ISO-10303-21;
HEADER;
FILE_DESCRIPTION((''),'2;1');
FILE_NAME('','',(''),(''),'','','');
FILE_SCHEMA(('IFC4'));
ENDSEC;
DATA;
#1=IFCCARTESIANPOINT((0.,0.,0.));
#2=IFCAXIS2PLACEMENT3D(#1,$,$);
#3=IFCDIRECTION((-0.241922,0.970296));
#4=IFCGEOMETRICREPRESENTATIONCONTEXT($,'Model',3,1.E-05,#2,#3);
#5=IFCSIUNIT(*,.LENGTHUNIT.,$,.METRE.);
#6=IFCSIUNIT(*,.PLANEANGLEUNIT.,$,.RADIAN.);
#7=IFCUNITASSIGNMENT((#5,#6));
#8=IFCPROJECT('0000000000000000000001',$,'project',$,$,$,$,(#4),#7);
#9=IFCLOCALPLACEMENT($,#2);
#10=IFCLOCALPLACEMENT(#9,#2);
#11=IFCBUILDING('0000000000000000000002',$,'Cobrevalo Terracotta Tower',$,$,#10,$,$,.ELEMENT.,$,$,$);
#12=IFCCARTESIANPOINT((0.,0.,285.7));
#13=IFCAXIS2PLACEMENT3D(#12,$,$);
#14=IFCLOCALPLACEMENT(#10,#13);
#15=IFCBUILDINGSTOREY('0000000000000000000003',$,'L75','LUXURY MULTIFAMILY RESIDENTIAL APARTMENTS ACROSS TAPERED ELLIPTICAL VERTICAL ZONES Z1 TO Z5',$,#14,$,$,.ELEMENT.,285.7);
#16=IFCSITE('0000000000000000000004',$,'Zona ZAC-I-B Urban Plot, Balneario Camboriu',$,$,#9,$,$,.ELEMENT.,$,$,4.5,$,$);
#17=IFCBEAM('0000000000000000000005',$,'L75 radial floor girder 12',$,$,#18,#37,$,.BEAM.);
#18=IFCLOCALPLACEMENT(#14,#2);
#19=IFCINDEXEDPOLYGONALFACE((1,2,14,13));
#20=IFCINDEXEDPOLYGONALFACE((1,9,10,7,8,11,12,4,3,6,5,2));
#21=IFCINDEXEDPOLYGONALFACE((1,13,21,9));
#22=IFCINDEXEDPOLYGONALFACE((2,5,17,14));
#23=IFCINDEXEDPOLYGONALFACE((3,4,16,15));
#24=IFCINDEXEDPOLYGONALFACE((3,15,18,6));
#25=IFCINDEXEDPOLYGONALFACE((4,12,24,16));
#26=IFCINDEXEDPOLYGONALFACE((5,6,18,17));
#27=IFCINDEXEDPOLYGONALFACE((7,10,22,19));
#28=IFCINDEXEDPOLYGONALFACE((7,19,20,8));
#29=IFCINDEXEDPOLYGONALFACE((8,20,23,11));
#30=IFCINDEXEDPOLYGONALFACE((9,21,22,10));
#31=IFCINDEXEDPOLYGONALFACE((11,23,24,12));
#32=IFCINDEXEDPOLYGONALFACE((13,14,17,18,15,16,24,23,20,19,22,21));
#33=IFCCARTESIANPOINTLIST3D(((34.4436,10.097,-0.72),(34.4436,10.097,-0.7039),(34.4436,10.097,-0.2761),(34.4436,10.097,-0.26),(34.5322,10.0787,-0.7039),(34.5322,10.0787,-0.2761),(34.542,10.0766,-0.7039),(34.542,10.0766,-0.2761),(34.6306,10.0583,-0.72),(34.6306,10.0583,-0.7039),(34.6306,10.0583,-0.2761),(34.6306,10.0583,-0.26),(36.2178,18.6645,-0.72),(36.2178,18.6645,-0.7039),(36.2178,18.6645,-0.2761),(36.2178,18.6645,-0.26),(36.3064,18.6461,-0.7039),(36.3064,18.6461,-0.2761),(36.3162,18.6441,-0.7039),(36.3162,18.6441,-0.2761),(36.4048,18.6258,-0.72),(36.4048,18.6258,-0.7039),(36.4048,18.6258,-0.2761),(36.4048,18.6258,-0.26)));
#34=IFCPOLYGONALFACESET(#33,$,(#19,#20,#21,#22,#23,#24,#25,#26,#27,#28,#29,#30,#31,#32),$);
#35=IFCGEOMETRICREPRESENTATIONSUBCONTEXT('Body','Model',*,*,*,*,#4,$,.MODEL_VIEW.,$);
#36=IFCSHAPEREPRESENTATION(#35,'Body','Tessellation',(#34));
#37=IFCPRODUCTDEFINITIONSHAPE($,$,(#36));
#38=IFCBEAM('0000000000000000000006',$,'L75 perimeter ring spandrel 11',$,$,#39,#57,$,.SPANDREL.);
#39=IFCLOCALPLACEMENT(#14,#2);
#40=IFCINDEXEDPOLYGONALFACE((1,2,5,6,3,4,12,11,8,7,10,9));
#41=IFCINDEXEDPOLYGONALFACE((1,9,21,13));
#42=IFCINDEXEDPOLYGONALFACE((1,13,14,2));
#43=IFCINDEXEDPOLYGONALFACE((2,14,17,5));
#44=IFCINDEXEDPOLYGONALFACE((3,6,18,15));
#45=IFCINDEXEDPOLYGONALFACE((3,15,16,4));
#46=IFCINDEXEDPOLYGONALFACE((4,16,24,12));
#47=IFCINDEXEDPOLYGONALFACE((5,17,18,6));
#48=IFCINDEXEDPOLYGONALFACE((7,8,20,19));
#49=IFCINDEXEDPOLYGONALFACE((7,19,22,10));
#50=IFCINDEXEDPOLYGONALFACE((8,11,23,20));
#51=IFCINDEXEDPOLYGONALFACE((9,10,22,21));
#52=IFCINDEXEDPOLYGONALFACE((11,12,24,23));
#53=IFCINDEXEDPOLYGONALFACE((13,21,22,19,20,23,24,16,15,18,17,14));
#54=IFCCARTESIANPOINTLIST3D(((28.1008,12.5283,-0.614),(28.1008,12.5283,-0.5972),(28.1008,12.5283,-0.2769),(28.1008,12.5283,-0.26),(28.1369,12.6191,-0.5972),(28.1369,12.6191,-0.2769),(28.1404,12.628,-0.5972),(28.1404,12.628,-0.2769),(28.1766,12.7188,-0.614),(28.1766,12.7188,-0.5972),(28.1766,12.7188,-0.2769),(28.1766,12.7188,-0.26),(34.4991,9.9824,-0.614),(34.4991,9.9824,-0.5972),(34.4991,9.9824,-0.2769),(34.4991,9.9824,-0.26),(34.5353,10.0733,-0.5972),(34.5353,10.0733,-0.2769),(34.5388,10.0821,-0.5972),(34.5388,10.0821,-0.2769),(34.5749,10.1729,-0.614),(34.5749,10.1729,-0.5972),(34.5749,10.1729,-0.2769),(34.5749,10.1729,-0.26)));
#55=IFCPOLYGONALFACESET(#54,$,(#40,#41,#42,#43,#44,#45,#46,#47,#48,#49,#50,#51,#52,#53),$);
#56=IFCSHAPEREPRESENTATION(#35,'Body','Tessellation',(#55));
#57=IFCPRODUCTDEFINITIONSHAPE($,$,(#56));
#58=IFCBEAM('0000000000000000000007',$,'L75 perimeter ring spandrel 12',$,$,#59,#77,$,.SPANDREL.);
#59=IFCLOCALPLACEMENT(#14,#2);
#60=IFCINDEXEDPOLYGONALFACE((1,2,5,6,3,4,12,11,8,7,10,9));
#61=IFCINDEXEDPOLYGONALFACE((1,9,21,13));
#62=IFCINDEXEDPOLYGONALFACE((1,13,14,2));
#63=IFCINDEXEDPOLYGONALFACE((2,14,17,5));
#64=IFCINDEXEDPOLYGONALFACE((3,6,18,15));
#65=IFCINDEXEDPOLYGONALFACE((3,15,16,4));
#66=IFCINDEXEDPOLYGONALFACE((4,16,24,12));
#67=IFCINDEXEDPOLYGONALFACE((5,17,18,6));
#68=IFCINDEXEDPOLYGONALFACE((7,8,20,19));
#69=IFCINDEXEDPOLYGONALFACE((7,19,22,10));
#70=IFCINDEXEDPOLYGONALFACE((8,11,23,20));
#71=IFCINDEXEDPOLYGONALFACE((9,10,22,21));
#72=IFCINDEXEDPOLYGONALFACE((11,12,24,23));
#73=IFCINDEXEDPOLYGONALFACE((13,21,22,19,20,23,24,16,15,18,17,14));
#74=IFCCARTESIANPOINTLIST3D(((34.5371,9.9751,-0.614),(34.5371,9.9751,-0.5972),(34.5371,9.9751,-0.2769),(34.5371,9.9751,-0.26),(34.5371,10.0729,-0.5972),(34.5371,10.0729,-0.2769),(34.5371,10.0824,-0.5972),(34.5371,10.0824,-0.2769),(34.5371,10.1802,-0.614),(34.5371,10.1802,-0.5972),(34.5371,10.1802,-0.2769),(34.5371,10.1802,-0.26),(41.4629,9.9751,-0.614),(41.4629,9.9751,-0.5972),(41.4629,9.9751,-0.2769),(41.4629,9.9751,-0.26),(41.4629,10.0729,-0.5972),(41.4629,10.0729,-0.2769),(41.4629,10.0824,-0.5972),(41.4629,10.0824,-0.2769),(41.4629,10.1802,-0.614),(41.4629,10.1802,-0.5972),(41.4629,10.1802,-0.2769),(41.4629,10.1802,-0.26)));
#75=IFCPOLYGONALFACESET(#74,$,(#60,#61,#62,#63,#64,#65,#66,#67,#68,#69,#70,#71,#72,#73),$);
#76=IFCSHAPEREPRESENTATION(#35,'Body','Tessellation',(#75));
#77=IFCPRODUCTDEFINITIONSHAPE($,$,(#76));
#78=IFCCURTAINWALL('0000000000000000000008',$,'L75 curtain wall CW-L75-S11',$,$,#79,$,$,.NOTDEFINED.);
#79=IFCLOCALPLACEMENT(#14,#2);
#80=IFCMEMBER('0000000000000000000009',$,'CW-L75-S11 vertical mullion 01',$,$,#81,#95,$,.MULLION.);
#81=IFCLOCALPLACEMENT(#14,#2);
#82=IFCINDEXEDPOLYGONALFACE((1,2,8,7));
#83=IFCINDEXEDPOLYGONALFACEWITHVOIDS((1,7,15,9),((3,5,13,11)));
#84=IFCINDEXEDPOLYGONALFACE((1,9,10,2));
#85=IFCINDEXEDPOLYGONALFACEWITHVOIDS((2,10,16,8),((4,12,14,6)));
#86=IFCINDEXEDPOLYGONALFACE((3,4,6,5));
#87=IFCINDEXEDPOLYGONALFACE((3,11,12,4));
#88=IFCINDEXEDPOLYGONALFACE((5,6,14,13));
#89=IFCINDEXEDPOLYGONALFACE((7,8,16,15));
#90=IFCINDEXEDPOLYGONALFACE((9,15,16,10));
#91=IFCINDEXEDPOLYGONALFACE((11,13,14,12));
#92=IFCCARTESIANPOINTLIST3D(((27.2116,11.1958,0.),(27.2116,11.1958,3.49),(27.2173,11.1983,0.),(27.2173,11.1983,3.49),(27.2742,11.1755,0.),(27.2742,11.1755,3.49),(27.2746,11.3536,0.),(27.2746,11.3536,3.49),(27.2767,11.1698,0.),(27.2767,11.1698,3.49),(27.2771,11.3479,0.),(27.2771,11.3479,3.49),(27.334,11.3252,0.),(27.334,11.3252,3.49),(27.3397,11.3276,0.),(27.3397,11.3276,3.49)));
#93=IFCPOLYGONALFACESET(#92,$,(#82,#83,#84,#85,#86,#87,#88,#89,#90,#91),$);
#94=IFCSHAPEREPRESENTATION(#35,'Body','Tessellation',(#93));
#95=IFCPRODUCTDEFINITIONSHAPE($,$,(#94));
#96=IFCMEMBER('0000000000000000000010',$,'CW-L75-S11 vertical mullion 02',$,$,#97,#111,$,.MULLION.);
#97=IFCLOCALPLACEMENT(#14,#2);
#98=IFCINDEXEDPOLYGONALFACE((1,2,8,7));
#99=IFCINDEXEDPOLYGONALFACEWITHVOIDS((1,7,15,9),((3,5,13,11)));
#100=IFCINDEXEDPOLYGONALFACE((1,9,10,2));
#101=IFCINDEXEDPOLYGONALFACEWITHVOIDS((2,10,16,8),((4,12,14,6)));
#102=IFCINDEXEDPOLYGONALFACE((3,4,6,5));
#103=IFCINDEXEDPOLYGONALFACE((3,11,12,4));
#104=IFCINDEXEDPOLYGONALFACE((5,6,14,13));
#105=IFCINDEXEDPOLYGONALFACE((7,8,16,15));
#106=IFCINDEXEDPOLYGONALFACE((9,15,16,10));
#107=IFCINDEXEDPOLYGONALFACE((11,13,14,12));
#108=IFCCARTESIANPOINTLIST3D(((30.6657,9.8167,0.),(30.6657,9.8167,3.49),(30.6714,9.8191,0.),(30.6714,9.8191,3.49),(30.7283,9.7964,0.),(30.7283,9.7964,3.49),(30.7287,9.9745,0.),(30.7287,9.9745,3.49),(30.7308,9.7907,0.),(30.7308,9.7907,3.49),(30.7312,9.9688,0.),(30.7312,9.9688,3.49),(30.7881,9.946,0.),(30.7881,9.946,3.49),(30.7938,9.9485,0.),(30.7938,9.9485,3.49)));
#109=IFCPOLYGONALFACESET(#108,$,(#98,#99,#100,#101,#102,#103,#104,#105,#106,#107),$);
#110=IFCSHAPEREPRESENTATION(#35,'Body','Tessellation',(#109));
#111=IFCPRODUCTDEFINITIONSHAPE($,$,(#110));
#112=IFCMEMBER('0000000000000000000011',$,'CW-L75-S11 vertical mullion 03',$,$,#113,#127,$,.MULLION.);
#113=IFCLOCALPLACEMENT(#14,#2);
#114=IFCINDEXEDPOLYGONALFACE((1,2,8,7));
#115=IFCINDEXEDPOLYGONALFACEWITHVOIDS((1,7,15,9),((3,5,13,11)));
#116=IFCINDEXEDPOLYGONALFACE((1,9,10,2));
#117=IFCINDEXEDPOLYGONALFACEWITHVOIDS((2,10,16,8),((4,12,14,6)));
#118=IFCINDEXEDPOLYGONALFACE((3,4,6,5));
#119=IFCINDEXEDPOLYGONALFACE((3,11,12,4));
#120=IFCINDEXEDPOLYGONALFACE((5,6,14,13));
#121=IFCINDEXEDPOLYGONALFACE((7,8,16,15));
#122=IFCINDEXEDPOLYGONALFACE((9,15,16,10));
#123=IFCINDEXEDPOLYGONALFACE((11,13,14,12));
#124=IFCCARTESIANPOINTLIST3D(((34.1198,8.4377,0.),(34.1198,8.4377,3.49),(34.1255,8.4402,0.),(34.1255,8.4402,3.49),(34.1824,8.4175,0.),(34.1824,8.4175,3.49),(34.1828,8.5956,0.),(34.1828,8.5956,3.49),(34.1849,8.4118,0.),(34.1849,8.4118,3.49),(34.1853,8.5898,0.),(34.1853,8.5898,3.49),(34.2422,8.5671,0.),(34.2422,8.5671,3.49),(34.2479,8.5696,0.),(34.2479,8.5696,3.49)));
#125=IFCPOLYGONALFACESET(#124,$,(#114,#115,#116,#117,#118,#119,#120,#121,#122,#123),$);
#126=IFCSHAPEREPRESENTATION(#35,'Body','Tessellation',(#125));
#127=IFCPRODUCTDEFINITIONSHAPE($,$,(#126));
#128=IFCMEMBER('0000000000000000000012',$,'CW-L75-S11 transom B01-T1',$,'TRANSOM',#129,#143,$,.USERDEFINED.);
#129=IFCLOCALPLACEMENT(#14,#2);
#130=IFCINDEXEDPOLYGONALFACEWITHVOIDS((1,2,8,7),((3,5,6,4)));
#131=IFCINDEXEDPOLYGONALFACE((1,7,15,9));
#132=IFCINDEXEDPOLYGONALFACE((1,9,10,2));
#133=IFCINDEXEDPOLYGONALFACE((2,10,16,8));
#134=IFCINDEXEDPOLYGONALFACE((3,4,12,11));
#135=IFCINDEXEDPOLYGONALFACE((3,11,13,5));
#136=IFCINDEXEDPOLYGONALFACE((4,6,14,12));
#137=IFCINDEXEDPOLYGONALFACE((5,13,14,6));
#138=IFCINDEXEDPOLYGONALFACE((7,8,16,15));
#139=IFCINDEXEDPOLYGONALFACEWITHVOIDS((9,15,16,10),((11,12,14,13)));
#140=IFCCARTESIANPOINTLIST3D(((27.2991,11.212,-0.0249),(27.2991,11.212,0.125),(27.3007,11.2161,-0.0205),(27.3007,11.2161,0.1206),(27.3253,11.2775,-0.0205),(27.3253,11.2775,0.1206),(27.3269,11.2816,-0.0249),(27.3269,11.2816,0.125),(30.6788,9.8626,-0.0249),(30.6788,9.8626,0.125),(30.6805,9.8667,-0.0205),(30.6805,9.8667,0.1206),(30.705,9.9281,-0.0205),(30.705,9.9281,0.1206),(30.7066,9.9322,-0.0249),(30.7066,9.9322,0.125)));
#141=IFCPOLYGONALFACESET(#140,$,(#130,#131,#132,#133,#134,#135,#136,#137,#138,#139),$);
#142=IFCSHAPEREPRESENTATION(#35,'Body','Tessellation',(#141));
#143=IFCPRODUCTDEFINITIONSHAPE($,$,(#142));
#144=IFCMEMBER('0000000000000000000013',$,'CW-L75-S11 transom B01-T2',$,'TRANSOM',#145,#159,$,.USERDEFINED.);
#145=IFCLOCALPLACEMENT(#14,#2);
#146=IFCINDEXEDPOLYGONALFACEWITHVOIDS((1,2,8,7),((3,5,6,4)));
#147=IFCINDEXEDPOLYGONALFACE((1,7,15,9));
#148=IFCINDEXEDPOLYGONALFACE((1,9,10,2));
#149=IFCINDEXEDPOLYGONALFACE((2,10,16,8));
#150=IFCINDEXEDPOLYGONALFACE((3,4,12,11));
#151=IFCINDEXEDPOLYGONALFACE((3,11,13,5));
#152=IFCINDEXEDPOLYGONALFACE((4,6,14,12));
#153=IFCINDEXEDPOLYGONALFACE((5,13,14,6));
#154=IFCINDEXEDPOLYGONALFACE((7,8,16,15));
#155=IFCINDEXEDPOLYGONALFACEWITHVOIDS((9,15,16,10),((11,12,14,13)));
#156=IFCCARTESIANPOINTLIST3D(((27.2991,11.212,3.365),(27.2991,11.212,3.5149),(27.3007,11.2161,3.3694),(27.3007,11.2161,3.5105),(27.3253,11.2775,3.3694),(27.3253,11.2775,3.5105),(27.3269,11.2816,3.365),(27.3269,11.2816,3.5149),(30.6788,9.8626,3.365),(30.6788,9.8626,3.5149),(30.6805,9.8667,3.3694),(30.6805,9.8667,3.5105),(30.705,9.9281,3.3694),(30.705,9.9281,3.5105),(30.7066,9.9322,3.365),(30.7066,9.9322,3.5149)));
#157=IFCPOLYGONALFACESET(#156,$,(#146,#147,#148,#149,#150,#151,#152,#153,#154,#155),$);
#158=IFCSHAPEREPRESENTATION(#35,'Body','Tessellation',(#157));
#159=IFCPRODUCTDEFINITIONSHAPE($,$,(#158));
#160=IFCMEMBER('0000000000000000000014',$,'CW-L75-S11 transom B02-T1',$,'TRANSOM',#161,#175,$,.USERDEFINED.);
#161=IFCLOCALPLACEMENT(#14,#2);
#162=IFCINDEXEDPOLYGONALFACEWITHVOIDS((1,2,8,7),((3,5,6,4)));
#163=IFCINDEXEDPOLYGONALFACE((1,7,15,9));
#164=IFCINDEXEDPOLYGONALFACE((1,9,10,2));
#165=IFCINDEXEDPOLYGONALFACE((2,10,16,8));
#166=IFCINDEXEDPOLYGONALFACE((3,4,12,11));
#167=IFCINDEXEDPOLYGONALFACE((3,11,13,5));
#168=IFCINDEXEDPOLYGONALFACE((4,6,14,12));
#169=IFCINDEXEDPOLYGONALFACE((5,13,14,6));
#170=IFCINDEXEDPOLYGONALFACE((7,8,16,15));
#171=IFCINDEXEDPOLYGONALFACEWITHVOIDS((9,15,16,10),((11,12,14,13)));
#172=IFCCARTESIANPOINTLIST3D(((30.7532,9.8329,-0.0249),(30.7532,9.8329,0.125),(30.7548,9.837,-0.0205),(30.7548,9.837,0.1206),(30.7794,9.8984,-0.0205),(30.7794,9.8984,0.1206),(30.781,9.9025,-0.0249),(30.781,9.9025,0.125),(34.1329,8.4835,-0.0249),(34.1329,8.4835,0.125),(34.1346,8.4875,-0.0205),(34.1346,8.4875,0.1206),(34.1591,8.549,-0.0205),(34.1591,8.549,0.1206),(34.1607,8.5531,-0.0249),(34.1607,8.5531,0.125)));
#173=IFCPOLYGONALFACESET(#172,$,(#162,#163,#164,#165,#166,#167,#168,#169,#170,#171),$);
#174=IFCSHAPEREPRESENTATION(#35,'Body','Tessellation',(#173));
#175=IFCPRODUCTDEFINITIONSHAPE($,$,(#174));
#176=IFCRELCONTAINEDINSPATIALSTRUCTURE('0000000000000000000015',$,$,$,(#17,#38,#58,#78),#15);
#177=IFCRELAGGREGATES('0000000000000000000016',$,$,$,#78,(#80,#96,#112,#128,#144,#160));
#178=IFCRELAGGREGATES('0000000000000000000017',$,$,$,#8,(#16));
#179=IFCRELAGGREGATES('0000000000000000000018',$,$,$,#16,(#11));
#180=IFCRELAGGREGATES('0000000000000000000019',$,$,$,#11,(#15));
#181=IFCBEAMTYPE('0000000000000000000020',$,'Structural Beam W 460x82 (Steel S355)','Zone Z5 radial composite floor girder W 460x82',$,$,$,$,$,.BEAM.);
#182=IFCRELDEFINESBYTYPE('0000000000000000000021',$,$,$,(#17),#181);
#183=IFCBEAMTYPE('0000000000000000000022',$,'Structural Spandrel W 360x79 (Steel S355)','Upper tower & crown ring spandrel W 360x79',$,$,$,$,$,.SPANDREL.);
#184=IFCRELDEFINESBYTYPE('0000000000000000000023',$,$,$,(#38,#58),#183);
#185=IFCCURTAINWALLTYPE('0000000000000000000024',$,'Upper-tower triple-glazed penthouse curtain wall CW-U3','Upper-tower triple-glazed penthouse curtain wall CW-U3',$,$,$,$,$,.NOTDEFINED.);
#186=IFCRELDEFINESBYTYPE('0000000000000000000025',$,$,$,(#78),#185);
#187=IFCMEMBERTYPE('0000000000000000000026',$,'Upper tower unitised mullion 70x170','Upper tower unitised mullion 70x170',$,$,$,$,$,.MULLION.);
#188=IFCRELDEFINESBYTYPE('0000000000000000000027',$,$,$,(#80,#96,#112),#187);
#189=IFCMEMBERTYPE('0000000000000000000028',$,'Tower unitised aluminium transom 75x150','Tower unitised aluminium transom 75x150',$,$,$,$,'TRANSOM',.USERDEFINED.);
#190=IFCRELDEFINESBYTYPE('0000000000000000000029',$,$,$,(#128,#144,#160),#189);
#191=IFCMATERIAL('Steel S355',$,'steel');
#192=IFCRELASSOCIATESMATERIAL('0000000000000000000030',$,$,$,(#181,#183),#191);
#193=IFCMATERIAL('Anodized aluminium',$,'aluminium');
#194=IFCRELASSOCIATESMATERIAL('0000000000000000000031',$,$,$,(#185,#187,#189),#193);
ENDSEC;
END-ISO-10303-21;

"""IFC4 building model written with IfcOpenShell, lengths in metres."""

from ifc_helpers import new_model, si_unit, direction, frame, origin, origin_2d, place, context, subcontext, project, spatial, hollow_rectangle, i_section, extrude, source, transform, mapped, material, material_profile, profile_set, type_object, element, aggregate, save


model = new_model("IFC4")

# Units and contexts
model_context = context("Model", 3, precision=1e-05, world=origin(), true_north=direction((-0.241922, 0.970296)))
body_context = subcontext(model_context, "Body", "Model", "MODEL_VIEW")
ifc_project = project(units=[si_unit("LENGTHUNIT", "METRE"), si_unit("PLANEANGLEUNIT", "RADIAN")], contexts=[model_context])

# Site, building, storey
site_placement = place(None, origin())
site = spatial("IfcSite", under=ifc_project, at=site_placement, Name="Zona ZAC-I-B Urban Plot, Balneario Camboriu", CompositionType="ELEMENT", RefElevation=4.5)
building_placement = place(site_placement, origin())
building = spatial("IfcBuilding", under=site, at=building_placement, Name="Cobrevalo Terracotta Tower", CompositionType="ELEMENT")
storey_placement = place(building_placement, frame((0.0, 0.0, 285.7)))
storey = spatial("IfcBuildingStorey", under=building, at=storey_placement, Name="L75", Description="LUXURY MULTIFAMILY RESIDENTIAL APARTMENTS ACROSS TAPERED ELLIPTICAL VERTICAL ZONES Z1 TO Z5", CompositionType="ELEMENT", Elevation=285.7)

# Shared definitions
ifc_material_1 = material(Name="Steel S355", Category="steel")

# Beams
ifc_material_profile_1 = material_profile(ifc_material_1, i_section(OverallWidth=0.1909, OverallDepth=0.46, WebThickness=0.01, FlangeThickness=0.0161, at=origin_2d()), Name="W 460x82")
ifc_profile_set_1 = profile_set([ifc_material_profile_1], Name="Steel S355")
beam_type_1 = type_object("IfcBeamType", Name="Structural Beam W 460x82 (Steel S355)", Description="Zone Z5 radial composite floor girder W 460x82", PredefinedType="BEAM", material=ifc_profile_set_1)
beam_1_placement = place(storey_placement, frame((34.5371, 10.0776, -0.49), z_axis=(0.202782, 0.979224, 0.0), x_axis=(-0.979224, 0.202782, 0.0)))
element("IfcBeam", 1, at=beam_1_placement, inside=storey, type_object=beam_type_1, Name="L75 radial floor girder 12", PredefinedType="BEAM", context=body_context, shape_type="SweptSolid", body=[
    extrude(i_section(OverallWidth=0.1909, OverallDepth=0.46, WebThickness=0.01, FlangeThickness=0.0161, at=origin_2d()), origin(), (0.0, 0.0, 1.0), 8.7493),
])
ifc_material_profile_2 = material_profile(ifc_material_1, i_section(OverallWidth=0.2051, OverallDepth=0.354, WebThickness=0.0095, FlangeThickness=0.0168, at=origin_2d()), Name="W 360x79")
ifc_profile_set_2 = profile_set([ifc_material_profile_2], Name="Steel S355")
beam_type_2 = type_object("IfcBeamType", Name="Structural Spandrel W 360x79 (Steel S355)", Description="Upper tower & crown ring spandrel W 360x79", PredefinedType="SPANDREL", material=ifc_profile_set_2)
beam_2_placement = place(storey_placement, frame((28.1387, 12.6235, -0.437), z_axis=(0.92915, -0.369703, 0.0), x_axis=(0.369703, 0.92915, 0.0)))
element("IfcBeam", 2, at=beam_2_placement, inside=storey, type_object=beam_type_2, Name="L75 perimeter ring spandrel 11", PredefinedType="SPANDREL", context=body_context, shape_type="SweptSolid", body=[
    extrude(i_section(OverallWidth=0.2051, OverallDepth=0.354, WebThickness=0.0095, FlangeThickness=0.0168, at=origin_2d()), origin(), (0.0, 0.0, 1.0), 6.8862),
])
beam_3_placement = place(storey_placement, frame((34.5371, 10.0776, -0.437), z_axis=(1.0, 0.0, 0.0), x_axis=(0.0, 1.0, 0.0)))
element("IfcBeam", 3, at=beam_3_placement, inside=storey, type_object=beam_type_2, Name="L75 perimeter ring spandrel 12", PredefinedType="SPANDREL", context=body_context, shape_type="SweptSolid", body=[
    extrude(i_section(OverallWidth=0.2051, OverallDepth=0.354, WebThickness=0.0095, FlangeThickness=0.0168, at=origin_2d()), origin(), (0.0, 0.0, 1.0), 6.9258),
])

# Curtain wall, members
ifc_material_2 = material(Name="Anodized aluminium", Category="aluminium")
curtain_wall_type = type_object("IfcCurtainWallType", Name="Upper-tower triple-glazed penthouse curtain wall CW-U3", Description="Upper-tower triple-glazed penthouse curtain wall CW-U3", PredefinedType="NOTDEFINED", material=ifc_material_2)
curtain_wall_placement = place(storey_placement, origin())
curtain_wall = element("IfcCurtainWall", 4, at=curtain_wall_placement, inside=storey, type_object=curtain_wall_type, Name="L75 curtain wall CW-L75-S11", PredefinedType="NOTDEFINED")
ifc_material_profile_3 = material_profile(ifc_material_2, hollow_rectangle(XDim=0.0701, YDim=0.1699, WallThickness=0.0044, at=origin_2d()), Name="CWM 70x170")
ifc_profile_set_3 = profile_set([ifc_material_profile_3], Name="Anodized aluminium")
member_type_1 = type_object("IfcMemberType", Name="Upper tower unitised mullion 70x170", Description="Upper tower unitised mullion 70x170", PredefinedType="MULLION", material=ifc_profile_set_3)
shared_shape_1 = source(origin(), body_context, "Body", "SweptSolid", [
    extrude(hollow_rectangle(XDim=0.0701, YDim=0.1699, WallThickness=0.0044, at=origin_2d()), origin(), (0.0, 0.0, 1.0), 3.49),
])
member_1_placement = place(storey_placement, frame((27.2756, 11.2617, 0.0), z_axis=(0.0, 0.0, 1.0), x_axis=(0.928719, -0.370784, 0.0)))
member_1 = element("IfcMember", 5, at=member_1_placement, type_object=member_type_1, Name="CW-L75-S11 vertical mullion 01", PredefinedType="MULLION", context=body_context, shape_type="MappedRepresentation", body=[
    mapped(shared_shape_1, transform((0.0, 0.0, 0.0), scale=1.0)),
])
member_2_placement = place(storey_placement, frame((30.7297, 9.8826, 0.0), z_axis=(0.0, 0.0, 1.0), x_axis=(0.928719, -0.370784, 0.0)))
member_2 = element("IfcMember", 6, at=member_2_placement, type_object=member_type_1, Name="CW-L75-S11 vertical mullion 02", PredefinedType="MULLION", context=body_context, shape_type="MappedRepresentation", body=[
    mapped(shared_shape_1, transform((0.0, 0.0, 0.0), scale=1.0)),
])
member_3_placement = place(storey_placement, frame((34.1838, 8.5037, 0.0), z_axis=(0.0, 0.0, 1.0), x_axis=(0.928719, -0.370784, 0.0)))
member_3 = element("IfcMember", 7, at=member_3_placement, type_object=member_type_1, Name="CW-L75-S11 vertical mullion 03", PredefinedType="MULLION", context=body_context, shape_type="MappedRepresentation", body=[
    mapped(shared_shape_1, transform((0.0, 0.0, 0.0), scale=1.0)),
])
ifc_material_profile_4 = material_profile(ifc_material_2, hollow_rectangle(XDim=0.075, YDim=0.1499, WallThickness=0.0044, at=origin_2d()), Name="CWT 75x150")
ifc_profile_set_4 = profile_set([ifc_material_profile_4], Name="Anodized aluminium")
member_type_2 = type_object("IfcMemberType", Name="Tower unitised aluminium transom 75x150", Description="Tower unitised aluminium transom 75x150", ElementType="TRANSOM", PredefinedType="USERDEFINED", material=ifc_profile_set_4)
shared_shape_2 = source(origin(), body_context, "Body", "SweptSolid", [
    extrude(hollow_rectangle(XDim=0.075, YDim=0.1499, WallThickness=0.0044, at=origin_2d()), origin(), (0.0, 0.0, 1.0), 3.6392),
])
member_4_placement = place(storey_placement, frame((27.313, 11.2468, 0.05), z_axis=(0.928712, -0.370801, 0.0), x_axis=(0.370801, 0.928712, 0.0)))
member_4 = element("IfcMember", 8, at=member_4_placement, type_object=member_type_2, Name="CW-L75-S11 transom B01-T1", ObjectType="TRANSOM", PredefinedType="USERDEFINED", context=body_context, shape_type="MappedRepresentation", body=[
    mapped(shared_shape_2, transform((0.0, 0.0, 0.0), scale=1.0)),
])
member_5_placement = place(storey_placement, frame((27.313, 11.2468, 3.4399), z_axis=(0.928712, -0.370801, 0.0), x_axis=(0.370801, 0.928712, 0.0)))
member_5 = element("IfcMember", 9, at=member_5_placement, type_object=member_type_2, Name="CW-L75-S11 transom B01-T2", ObjectType="TRANSOM", PredefinedType="USERDEFINED", context=body_context, shape_type="MappedRepresentation", body=[
    mapped(shared_shape_2, transform((0.0, 0.0, 0.0), scale=1.0)),
])
member_6_placement = place(storey_placement, frame((30.7671, 9.8677, 0.05), z_axis=(0.928712, -0.370801, 0.0), x_axis=(0.370801, 0.928712, 0.0)))
member_6 = element("IfcMember", 10, at=member_6_placement, type_object=member_type_2, Name="CW-L75-S11 transom B02-T1", ObjectType="TRANSOM", PredefinedType="USERDEFINED", context=body_context, shape_type="MappedRepresentation", body=[
    mapped(shared_shape_2, transform((0.0, 0.0, 0.0), scale=1.0)),
])
aggregate(curtain_wall, [member_1, member_2, member_3, member_4, member_5, member_6])

save(model, "model.ifc")
